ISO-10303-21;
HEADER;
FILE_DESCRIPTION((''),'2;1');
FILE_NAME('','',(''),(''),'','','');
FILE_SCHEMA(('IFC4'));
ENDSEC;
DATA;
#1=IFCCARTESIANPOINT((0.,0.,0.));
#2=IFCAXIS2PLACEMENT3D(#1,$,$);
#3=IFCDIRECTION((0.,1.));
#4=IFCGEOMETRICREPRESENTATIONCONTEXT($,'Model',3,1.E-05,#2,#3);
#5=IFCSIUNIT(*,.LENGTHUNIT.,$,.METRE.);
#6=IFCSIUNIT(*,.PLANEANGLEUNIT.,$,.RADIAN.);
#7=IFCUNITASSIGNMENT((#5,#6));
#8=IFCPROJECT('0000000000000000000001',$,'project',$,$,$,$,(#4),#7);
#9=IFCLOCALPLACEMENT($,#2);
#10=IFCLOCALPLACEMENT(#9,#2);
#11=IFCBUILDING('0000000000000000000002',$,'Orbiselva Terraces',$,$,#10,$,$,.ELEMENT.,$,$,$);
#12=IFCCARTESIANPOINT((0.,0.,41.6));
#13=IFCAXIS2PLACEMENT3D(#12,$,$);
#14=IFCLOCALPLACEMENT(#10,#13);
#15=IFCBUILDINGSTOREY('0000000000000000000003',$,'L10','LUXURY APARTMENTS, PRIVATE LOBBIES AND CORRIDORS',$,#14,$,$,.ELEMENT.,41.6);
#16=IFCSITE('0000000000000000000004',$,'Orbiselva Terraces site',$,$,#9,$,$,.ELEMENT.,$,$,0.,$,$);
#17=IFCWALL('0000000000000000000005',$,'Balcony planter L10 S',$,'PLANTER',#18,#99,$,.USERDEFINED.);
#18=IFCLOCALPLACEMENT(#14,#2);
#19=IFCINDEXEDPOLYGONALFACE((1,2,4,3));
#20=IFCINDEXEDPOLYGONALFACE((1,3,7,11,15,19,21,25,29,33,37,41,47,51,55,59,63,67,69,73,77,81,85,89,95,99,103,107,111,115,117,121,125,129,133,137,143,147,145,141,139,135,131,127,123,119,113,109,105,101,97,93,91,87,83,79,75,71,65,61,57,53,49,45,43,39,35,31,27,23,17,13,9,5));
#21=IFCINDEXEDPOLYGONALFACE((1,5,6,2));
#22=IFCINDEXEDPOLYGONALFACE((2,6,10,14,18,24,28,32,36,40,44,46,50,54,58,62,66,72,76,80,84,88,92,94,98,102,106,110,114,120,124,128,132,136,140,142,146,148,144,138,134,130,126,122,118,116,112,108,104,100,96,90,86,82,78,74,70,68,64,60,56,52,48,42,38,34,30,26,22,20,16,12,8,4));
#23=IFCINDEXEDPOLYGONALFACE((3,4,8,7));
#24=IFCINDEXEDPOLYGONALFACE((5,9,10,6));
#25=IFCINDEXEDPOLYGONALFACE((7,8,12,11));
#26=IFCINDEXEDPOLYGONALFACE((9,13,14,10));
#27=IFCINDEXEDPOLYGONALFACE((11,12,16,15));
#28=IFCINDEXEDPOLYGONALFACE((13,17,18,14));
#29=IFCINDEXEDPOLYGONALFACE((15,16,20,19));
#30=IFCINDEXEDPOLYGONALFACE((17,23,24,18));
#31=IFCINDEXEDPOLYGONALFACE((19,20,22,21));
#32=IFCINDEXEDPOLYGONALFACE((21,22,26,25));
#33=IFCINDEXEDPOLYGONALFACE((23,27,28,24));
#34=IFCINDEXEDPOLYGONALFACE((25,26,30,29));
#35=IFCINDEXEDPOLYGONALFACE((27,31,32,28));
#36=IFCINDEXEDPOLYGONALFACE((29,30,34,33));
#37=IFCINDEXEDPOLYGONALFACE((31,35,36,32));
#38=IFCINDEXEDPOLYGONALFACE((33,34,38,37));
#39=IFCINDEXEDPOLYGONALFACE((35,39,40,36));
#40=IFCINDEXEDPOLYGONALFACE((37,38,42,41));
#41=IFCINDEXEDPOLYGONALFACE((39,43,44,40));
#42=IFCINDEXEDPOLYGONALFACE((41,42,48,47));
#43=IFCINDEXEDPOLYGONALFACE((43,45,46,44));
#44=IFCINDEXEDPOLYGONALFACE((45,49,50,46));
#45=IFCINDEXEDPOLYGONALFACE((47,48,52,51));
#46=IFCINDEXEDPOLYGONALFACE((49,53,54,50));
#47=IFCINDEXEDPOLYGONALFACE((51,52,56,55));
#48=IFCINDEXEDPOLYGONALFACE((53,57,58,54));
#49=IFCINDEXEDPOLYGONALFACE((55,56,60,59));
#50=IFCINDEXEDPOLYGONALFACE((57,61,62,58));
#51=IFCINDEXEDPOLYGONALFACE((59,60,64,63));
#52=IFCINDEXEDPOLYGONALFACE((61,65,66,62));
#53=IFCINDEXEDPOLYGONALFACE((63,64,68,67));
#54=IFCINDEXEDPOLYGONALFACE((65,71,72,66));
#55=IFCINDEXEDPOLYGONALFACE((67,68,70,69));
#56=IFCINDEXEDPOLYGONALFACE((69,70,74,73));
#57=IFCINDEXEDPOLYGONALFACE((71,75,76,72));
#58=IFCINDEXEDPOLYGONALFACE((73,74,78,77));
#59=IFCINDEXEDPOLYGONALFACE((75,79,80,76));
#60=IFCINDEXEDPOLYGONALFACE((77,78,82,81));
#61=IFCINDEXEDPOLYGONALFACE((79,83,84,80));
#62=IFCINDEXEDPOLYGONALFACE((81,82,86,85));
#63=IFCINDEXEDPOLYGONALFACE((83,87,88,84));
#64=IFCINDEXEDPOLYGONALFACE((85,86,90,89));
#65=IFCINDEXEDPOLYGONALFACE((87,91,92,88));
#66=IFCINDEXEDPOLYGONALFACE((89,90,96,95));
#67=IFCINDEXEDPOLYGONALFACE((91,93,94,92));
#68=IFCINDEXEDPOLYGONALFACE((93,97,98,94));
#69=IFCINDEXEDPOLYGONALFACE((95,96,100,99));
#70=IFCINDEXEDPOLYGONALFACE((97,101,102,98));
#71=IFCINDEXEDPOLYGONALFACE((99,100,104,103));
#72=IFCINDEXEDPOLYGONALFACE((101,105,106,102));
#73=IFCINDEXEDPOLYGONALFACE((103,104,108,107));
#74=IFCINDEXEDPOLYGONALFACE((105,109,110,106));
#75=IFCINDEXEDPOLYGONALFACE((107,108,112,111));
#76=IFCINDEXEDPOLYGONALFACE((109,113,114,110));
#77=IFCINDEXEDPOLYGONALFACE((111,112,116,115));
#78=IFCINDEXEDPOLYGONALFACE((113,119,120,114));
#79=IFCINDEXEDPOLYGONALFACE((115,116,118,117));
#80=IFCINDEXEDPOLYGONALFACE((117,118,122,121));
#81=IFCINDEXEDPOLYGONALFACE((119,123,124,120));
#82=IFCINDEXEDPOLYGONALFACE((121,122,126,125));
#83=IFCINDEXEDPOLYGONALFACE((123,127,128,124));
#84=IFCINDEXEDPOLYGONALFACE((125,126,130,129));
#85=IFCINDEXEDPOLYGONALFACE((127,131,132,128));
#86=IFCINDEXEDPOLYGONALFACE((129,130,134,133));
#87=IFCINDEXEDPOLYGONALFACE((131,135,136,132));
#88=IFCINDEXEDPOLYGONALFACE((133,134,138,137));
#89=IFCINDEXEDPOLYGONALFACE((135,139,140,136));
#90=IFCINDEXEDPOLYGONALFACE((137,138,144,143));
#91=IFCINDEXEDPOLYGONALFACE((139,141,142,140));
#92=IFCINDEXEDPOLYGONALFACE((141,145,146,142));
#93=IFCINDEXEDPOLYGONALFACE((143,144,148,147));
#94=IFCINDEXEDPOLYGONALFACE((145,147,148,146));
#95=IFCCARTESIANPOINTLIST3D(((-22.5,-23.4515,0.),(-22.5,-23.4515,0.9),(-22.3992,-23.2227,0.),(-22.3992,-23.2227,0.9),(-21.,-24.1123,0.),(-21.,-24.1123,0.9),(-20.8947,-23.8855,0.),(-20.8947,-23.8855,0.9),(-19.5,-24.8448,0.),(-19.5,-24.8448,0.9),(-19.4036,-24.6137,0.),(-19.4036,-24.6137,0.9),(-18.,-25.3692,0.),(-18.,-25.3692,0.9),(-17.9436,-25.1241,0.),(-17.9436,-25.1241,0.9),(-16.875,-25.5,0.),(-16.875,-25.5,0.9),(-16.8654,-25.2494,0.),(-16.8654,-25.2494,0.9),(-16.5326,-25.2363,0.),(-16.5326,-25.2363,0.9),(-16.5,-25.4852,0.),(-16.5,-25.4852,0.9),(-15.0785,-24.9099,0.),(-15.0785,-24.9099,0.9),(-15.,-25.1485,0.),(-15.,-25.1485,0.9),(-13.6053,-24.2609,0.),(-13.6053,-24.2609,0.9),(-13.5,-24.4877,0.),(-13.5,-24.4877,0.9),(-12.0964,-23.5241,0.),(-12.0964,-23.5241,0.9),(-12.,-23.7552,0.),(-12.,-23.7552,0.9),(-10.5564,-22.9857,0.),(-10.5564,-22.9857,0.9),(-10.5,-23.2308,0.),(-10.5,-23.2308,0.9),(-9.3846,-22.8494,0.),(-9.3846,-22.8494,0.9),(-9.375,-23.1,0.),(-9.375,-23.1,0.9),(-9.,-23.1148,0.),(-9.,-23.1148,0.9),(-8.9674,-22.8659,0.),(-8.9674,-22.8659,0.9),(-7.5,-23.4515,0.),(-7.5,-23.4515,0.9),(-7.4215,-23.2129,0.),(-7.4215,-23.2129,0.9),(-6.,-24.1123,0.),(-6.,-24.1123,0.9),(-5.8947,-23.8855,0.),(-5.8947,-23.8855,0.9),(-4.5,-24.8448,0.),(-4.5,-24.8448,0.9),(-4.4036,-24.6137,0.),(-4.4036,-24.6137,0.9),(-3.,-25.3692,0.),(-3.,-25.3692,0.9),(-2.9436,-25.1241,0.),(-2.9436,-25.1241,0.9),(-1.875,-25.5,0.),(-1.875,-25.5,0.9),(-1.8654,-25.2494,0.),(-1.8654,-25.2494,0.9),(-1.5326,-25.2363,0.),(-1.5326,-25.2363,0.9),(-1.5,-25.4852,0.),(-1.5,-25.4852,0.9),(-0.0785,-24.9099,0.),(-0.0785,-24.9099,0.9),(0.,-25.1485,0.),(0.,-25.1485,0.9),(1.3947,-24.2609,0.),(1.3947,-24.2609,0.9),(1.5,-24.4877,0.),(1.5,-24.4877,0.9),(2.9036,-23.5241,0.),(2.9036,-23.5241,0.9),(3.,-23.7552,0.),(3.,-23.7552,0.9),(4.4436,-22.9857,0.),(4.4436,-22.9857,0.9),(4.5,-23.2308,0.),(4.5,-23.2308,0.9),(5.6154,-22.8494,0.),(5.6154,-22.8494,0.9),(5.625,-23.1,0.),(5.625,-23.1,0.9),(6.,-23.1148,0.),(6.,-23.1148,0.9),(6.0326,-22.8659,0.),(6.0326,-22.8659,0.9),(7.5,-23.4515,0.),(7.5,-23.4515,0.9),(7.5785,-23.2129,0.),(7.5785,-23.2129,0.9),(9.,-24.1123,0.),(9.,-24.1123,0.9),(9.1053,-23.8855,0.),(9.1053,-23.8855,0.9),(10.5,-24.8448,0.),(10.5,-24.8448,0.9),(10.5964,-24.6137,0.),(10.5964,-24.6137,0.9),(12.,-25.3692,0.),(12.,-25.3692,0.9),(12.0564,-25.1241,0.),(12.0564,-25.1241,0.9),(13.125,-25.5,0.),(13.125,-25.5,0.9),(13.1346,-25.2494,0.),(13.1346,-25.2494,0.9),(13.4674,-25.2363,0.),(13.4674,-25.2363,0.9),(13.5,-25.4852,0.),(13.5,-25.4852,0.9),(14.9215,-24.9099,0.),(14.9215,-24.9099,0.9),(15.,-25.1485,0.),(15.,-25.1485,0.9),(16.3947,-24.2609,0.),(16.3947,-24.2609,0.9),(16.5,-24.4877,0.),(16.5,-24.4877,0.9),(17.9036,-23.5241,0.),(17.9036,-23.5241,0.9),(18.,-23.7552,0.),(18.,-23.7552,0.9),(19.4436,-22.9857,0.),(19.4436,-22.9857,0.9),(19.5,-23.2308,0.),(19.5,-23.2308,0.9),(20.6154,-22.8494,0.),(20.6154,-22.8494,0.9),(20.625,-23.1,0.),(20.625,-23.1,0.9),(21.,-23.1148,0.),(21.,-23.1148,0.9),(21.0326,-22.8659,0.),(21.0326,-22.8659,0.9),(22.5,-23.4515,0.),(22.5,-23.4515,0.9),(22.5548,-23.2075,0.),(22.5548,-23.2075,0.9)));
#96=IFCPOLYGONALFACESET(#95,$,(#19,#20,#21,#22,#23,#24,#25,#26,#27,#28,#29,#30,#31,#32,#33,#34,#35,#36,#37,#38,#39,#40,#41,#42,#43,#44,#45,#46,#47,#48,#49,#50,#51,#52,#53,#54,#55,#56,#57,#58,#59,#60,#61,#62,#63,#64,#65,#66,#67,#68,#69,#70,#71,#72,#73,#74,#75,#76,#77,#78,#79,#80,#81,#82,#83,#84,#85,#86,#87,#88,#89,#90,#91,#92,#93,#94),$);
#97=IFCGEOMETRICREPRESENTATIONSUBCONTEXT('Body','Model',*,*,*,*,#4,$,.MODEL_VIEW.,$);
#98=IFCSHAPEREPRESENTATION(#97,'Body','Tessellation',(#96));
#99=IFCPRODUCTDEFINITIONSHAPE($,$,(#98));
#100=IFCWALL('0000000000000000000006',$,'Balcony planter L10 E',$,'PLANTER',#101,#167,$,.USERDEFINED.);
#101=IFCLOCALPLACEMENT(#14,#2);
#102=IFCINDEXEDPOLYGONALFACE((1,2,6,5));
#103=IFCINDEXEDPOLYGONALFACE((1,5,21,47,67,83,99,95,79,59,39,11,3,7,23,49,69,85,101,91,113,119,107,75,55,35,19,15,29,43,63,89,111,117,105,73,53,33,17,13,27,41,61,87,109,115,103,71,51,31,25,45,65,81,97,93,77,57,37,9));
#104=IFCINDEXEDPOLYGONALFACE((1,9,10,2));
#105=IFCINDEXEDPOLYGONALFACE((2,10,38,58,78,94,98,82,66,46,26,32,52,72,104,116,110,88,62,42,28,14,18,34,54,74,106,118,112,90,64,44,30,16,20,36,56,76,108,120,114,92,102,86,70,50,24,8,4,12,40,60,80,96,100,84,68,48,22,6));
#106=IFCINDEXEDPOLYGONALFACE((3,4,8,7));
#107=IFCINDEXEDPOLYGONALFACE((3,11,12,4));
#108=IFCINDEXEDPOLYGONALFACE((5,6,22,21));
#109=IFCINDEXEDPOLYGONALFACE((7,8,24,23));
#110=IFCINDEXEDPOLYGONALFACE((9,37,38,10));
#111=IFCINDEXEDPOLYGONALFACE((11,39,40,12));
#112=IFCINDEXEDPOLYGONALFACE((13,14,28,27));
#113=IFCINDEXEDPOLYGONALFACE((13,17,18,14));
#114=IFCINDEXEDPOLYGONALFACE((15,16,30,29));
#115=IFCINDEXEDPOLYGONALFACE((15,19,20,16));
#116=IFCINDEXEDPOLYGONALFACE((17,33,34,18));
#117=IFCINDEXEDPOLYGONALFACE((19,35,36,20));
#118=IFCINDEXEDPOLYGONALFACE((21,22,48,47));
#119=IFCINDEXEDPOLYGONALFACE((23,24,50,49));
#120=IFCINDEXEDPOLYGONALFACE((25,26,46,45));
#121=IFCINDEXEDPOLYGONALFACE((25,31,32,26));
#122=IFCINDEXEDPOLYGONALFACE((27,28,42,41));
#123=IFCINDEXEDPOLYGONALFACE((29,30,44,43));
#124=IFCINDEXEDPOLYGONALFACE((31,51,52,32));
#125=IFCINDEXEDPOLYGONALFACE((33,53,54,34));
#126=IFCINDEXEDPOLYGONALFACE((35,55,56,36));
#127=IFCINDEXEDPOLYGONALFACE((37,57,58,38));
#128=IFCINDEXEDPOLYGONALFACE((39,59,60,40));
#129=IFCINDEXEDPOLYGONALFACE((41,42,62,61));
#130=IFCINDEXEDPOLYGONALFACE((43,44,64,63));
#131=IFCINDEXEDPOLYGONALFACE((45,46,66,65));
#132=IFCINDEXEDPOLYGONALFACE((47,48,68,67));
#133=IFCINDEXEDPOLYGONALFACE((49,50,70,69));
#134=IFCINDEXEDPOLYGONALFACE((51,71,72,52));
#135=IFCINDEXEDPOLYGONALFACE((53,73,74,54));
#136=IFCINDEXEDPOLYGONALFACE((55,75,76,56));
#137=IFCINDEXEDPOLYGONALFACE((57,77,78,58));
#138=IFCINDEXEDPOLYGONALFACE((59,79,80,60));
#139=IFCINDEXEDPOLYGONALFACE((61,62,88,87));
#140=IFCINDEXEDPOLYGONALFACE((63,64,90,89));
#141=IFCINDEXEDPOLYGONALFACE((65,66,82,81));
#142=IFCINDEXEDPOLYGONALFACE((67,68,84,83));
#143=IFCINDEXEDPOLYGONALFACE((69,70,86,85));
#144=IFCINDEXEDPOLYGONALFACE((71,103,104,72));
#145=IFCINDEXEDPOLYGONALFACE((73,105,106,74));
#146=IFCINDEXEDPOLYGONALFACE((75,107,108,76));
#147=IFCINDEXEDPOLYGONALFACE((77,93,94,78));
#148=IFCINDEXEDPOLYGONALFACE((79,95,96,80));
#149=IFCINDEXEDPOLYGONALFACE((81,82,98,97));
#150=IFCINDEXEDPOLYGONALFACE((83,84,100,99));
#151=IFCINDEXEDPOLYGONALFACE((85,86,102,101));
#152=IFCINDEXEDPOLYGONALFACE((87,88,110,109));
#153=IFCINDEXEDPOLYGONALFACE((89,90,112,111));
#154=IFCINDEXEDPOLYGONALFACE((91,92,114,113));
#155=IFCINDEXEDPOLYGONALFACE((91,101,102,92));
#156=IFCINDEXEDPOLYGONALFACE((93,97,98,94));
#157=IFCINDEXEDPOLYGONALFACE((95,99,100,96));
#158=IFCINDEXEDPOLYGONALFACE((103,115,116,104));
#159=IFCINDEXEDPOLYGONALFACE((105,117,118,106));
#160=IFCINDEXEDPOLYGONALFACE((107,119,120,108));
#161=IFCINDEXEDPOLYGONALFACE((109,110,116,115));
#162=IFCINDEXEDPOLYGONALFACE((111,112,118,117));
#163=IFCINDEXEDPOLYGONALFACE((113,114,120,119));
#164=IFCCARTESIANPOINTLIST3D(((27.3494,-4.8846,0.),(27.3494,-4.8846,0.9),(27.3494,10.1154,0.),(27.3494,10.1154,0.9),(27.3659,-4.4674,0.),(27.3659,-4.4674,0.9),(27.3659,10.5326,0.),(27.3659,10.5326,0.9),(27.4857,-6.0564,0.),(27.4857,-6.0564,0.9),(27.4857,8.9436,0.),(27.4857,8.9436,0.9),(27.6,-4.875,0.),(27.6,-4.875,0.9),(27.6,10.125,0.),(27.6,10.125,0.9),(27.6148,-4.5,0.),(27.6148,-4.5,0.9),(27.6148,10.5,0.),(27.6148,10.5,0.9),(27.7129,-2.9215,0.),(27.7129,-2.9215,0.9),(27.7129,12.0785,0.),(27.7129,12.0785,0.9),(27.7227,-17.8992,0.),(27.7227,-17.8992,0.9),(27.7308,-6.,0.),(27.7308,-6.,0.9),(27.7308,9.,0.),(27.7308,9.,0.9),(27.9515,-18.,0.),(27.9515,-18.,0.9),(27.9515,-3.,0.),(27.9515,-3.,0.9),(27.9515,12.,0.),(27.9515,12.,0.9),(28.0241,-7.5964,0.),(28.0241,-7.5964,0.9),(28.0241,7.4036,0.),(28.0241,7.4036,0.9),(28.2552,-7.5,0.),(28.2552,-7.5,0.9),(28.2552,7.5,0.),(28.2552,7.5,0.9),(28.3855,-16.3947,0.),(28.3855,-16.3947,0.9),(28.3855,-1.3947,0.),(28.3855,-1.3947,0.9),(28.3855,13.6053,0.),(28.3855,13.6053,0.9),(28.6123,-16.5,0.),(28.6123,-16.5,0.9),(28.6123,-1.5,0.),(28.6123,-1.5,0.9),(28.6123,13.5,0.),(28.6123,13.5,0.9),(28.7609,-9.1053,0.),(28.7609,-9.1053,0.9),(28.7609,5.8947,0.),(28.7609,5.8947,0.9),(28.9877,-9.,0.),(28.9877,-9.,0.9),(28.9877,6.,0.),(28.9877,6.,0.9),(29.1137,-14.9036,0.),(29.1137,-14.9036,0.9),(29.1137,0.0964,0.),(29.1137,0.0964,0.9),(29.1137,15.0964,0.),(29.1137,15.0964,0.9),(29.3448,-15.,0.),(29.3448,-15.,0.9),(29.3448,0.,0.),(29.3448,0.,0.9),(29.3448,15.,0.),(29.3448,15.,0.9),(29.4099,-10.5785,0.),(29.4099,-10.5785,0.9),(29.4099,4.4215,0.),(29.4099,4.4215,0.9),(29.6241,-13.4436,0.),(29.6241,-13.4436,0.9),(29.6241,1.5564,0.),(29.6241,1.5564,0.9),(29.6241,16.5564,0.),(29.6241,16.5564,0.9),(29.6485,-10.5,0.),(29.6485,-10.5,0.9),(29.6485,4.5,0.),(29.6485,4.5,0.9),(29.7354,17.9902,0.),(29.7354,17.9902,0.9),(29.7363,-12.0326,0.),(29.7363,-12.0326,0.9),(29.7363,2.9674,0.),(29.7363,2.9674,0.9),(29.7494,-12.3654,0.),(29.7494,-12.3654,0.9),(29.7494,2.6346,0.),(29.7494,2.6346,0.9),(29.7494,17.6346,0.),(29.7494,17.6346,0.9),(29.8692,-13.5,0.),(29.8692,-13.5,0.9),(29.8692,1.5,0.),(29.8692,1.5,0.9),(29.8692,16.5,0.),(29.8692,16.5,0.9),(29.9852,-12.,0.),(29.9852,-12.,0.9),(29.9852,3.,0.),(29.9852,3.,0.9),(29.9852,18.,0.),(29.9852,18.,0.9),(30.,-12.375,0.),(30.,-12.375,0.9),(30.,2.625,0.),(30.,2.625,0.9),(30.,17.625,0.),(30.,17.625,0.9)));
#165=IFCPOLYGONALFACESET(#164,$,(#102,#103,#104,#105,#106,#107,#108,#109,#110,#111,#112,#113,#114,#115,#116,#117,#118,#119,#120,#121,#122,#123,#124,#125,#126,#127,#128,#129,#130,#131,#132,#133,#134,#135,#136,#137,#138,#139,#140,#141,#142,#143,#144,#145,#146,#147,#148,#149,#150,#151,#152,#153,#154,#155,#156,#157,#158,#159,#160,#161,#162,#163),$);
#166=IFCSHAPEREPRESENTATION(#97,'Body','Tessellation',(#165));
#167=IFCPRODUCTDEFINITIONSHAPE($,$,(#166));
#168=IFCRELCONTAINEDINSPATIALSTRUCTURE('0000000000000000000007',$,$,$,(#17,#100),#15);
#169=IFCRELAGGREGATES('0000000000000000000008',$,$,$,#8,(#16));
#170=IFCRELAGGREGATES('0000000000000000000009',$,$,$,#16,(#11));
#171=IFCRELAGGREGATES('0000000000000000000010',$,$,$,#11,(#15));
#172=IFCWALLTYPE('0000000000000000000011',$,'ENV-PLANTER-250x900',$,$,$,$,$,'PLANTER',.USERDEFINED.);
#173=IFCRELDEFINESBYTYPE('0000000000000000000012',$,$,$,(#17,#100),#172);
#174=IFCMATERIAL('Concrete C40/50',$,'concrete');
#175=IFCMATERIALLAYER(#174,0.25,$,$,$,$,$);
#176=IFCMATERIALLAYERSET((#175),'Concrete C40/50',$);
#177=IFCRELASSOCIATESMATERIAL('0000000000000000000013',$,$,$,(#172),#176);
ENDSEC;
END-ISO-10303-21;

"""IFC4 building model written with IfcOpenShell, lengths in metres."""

from ifc_helpers import new_model, si_unit, direction, frame, origin, place, context, subcontext, project, spatial, polyline, outline, extrude, material, layer, layer_set, type_object, element, save


model = new_model("IFC4")

# Units and contexts
model_context = context("Model", 3, precision=1e-05, world=origin(), true_north=direction((0.0, 1.0)))
body_context = subcontext(model_context, "Body", "Model", "MODEL_VIEW")
ifc_project = project(units=[si_unit("LENGTHUNIT", "METRE"), si_unit("PLANEANGLEUNIT", "RADIAN")], contexts=[model_context])

# Site, building, storey
site_placement = place(None, origin())
site = spatial("IfcSite", under=ifc_project, at=site_placement, Name="Orbiselva Terraces site", CompositionType="ELEMENT", RefElevation=0.0)
building_placement = place(site_placement, origin())
building = spatial("IfcBuilding", under=site, at=building_placement, Name="Orbiselva Terraces", CompositionType="ELEMENT")
storey_placement = place(building_placement, frame((0.0, 0.0, 41.6)))
storey = spatial("IfcBuildingStorey", under=building, at=storey_placement, Name="L10", Description="LUXURY APARTMENTS, PRIVATE LOBBIES AND CORRIDORS", CompositionType="ELEMENT", Elevation=41.6)

# Shared definitions
ifc_material_1 = material(Name="Concrete C40/50", Category="concrete")

# Walls
ifc_layer_1 = layer(ifc_material_1, 0.25)
ifc_layer_set_1 = layer_set([ifc_layer_1], Name="Concrete C40/50")
wall_type = type_object("IfcWallType", Name="ENV-PLANTER-250x900", ElementType="PLANTER", PredefinedType="USERDEFINED", material=ifc_layer_set_1)
wall_1_placement = place(storey_placement, origin())
element("IfcWall", 1, at=wall_1_placement, inside=storey, type_object=wall_type, Name="Balcony planter L10 S", ObjectType="PLANTER", PredefinedType="USERDEFINED", context=body_context, shape_type="SweptSolid", body=[
    extrude(outline(polyline([(-22.5, -23.4515), (-21.0, -24.1123), (-19.5, -24.8448), (-18.0, -25.3692), (-16.875, -25.5), (-16.5, -25.4852), (-15.0, -25.1485), (-13.5, -24.4877), (-12.0, -23.7552), (-10.5, -23.2308), (-9.375, -23.1), (-9.0, -23.1148), (-7.5, -23.4515), (-6.0, -24.1123), (-4.5, -24.8448), (-3.0, -25.3692), (-1.875, -25.5), (-1.5, -25.4852), (0.0, -25.1485), (1.5, -24.4877), (3.0, -23.7552), (4.5, -23.2308), (5.625, -23.1), (6.0, -23.1148), (7.5, -23.4515), (9.0, -24.1123), (10.5, -24.8448), (12.0, -25.3692), (13.125, -25.5), (13.5, -25.4852), (15.0, -25.1485), (16.5, -24.4877), (18.0, -23.7552), (19.5, -23.2308), (20.625, -23.1), (21.0, -23.1148), (22.5, -23.4515), (22.5548, -23.2075), (21.0326, -22.8659), (20.6154, -22.8494), (19.4436, -22.9857), (17.9036, -23.5241), (16.3947, -24.2609), (14.9215, -24.9099), (13.4674, -25.2363), (13.1346, -25.2494), (12.0564, -25.1241), (10.5964, -24.6137), (9.1053, -23.8855), (7.5785, -23.2129), (6.0326, -22.8659), (5.6154, -22.8494), (4.4436, -22.9857), (2.9036, -23.5241), (1.3947, -24.2609), (-0.0785, -24.9099), (-1.5326, -25.2363), (-1.8654, -25.2494), (-2.9436, -25.1241), (-4.4036, -24.6137), (-5.8947, -23.8855), (-7.4215, -23.2129), (-8.9674, -22.8659), (-9.3846, -22.8494), (-10.5564, -22.9857), (-12.0964, -23.5241), (-13.6053, -24.2609), (-15.0785, -24.9099), (-16.5326, -25.2363), (-16.8654, -25.2494), (-17.9436, -25.1241), (-19.4036, -24.6137), (-20.8947, -23.8855), (-22.3992, -23.2227), (-22.5, -23.4515)])), origin(), (0.0, 0.0, 1.0), 0.9),
])
wall_2_placement = place(storey_placement, origin())
element("IfcWall", 2, at=wall_2_placement, inside=storey, type_object=wall_type, Name="Balcony planter L10 E", ObjectType="PLANTER", PredefinedType="USERDEFINED", context=body_context, shape_type="SweptSolid", body=[
    extrude(outline(polyline([(27.9515, -18.0), (28.6123, -16.5), (29.3448, -15.0), (29.8692, -13.5), (30.0, -12.375), (29.9852, -12.0), (29.6485, -10.5), (28.9877, -9.0), (28.2552, -7.5), (27.7308, -6.0), (27.6, -4.875), (27.6148, -4.5), (27.9515, -3.0), (28.6123, -1.5), (29.3448, 0.0), (29.8692, 1.5), (30.0, 2.625), (29.9852, 3.0), (29.6485, 4.5), (28.9877, 6.0), (28.2552, 7.5), (27.7308, 9.0), (27.6, 10.125), (27.6148, 10.5), (27.9515, 12.0), (28.6123, 13.5), (29.3448, 15.0), (29.8692, 16.5), (30.0, 17.625), (29.9852, 18.0), (29.7354, 17.9902), (29.7494, 17.6346), (29.6241, 16.5564), (29.1137, 15.0964), (28.3855, 13.6053), (27.7129, 12.0785), (27.3659, 10.5326), (27.3494, 10.1154), (27.4857, 8.9436), (28.0241, 7.4036), (28.7609, 5.8947), (29.4099, 4.4215), (29.7363, 2.9674), (29.7494, 2.6346), (29.6241, 1.5564), (29.1137, 0.0964), (28.3855, -1.3947), (27.7129, -2.9215), (27.3659, -4.4674), (27.3494, -4.8846), (27.4857, -6.0564), (28.0241, -7.5964), (28.7609, -9.1053), (29.4099, -10.5785), (29.7363, -12.0326), (29.7494, -12.3654), (29.6241, -13.4436), (29.1137, -14.9036), (28.3855, -16.3947), (27.7227, -17.8992), (27.9515, -18.0)])), origin(), (0.0, 0.0, 1.0), 0.9),
])

save(model, "model.ifc")
